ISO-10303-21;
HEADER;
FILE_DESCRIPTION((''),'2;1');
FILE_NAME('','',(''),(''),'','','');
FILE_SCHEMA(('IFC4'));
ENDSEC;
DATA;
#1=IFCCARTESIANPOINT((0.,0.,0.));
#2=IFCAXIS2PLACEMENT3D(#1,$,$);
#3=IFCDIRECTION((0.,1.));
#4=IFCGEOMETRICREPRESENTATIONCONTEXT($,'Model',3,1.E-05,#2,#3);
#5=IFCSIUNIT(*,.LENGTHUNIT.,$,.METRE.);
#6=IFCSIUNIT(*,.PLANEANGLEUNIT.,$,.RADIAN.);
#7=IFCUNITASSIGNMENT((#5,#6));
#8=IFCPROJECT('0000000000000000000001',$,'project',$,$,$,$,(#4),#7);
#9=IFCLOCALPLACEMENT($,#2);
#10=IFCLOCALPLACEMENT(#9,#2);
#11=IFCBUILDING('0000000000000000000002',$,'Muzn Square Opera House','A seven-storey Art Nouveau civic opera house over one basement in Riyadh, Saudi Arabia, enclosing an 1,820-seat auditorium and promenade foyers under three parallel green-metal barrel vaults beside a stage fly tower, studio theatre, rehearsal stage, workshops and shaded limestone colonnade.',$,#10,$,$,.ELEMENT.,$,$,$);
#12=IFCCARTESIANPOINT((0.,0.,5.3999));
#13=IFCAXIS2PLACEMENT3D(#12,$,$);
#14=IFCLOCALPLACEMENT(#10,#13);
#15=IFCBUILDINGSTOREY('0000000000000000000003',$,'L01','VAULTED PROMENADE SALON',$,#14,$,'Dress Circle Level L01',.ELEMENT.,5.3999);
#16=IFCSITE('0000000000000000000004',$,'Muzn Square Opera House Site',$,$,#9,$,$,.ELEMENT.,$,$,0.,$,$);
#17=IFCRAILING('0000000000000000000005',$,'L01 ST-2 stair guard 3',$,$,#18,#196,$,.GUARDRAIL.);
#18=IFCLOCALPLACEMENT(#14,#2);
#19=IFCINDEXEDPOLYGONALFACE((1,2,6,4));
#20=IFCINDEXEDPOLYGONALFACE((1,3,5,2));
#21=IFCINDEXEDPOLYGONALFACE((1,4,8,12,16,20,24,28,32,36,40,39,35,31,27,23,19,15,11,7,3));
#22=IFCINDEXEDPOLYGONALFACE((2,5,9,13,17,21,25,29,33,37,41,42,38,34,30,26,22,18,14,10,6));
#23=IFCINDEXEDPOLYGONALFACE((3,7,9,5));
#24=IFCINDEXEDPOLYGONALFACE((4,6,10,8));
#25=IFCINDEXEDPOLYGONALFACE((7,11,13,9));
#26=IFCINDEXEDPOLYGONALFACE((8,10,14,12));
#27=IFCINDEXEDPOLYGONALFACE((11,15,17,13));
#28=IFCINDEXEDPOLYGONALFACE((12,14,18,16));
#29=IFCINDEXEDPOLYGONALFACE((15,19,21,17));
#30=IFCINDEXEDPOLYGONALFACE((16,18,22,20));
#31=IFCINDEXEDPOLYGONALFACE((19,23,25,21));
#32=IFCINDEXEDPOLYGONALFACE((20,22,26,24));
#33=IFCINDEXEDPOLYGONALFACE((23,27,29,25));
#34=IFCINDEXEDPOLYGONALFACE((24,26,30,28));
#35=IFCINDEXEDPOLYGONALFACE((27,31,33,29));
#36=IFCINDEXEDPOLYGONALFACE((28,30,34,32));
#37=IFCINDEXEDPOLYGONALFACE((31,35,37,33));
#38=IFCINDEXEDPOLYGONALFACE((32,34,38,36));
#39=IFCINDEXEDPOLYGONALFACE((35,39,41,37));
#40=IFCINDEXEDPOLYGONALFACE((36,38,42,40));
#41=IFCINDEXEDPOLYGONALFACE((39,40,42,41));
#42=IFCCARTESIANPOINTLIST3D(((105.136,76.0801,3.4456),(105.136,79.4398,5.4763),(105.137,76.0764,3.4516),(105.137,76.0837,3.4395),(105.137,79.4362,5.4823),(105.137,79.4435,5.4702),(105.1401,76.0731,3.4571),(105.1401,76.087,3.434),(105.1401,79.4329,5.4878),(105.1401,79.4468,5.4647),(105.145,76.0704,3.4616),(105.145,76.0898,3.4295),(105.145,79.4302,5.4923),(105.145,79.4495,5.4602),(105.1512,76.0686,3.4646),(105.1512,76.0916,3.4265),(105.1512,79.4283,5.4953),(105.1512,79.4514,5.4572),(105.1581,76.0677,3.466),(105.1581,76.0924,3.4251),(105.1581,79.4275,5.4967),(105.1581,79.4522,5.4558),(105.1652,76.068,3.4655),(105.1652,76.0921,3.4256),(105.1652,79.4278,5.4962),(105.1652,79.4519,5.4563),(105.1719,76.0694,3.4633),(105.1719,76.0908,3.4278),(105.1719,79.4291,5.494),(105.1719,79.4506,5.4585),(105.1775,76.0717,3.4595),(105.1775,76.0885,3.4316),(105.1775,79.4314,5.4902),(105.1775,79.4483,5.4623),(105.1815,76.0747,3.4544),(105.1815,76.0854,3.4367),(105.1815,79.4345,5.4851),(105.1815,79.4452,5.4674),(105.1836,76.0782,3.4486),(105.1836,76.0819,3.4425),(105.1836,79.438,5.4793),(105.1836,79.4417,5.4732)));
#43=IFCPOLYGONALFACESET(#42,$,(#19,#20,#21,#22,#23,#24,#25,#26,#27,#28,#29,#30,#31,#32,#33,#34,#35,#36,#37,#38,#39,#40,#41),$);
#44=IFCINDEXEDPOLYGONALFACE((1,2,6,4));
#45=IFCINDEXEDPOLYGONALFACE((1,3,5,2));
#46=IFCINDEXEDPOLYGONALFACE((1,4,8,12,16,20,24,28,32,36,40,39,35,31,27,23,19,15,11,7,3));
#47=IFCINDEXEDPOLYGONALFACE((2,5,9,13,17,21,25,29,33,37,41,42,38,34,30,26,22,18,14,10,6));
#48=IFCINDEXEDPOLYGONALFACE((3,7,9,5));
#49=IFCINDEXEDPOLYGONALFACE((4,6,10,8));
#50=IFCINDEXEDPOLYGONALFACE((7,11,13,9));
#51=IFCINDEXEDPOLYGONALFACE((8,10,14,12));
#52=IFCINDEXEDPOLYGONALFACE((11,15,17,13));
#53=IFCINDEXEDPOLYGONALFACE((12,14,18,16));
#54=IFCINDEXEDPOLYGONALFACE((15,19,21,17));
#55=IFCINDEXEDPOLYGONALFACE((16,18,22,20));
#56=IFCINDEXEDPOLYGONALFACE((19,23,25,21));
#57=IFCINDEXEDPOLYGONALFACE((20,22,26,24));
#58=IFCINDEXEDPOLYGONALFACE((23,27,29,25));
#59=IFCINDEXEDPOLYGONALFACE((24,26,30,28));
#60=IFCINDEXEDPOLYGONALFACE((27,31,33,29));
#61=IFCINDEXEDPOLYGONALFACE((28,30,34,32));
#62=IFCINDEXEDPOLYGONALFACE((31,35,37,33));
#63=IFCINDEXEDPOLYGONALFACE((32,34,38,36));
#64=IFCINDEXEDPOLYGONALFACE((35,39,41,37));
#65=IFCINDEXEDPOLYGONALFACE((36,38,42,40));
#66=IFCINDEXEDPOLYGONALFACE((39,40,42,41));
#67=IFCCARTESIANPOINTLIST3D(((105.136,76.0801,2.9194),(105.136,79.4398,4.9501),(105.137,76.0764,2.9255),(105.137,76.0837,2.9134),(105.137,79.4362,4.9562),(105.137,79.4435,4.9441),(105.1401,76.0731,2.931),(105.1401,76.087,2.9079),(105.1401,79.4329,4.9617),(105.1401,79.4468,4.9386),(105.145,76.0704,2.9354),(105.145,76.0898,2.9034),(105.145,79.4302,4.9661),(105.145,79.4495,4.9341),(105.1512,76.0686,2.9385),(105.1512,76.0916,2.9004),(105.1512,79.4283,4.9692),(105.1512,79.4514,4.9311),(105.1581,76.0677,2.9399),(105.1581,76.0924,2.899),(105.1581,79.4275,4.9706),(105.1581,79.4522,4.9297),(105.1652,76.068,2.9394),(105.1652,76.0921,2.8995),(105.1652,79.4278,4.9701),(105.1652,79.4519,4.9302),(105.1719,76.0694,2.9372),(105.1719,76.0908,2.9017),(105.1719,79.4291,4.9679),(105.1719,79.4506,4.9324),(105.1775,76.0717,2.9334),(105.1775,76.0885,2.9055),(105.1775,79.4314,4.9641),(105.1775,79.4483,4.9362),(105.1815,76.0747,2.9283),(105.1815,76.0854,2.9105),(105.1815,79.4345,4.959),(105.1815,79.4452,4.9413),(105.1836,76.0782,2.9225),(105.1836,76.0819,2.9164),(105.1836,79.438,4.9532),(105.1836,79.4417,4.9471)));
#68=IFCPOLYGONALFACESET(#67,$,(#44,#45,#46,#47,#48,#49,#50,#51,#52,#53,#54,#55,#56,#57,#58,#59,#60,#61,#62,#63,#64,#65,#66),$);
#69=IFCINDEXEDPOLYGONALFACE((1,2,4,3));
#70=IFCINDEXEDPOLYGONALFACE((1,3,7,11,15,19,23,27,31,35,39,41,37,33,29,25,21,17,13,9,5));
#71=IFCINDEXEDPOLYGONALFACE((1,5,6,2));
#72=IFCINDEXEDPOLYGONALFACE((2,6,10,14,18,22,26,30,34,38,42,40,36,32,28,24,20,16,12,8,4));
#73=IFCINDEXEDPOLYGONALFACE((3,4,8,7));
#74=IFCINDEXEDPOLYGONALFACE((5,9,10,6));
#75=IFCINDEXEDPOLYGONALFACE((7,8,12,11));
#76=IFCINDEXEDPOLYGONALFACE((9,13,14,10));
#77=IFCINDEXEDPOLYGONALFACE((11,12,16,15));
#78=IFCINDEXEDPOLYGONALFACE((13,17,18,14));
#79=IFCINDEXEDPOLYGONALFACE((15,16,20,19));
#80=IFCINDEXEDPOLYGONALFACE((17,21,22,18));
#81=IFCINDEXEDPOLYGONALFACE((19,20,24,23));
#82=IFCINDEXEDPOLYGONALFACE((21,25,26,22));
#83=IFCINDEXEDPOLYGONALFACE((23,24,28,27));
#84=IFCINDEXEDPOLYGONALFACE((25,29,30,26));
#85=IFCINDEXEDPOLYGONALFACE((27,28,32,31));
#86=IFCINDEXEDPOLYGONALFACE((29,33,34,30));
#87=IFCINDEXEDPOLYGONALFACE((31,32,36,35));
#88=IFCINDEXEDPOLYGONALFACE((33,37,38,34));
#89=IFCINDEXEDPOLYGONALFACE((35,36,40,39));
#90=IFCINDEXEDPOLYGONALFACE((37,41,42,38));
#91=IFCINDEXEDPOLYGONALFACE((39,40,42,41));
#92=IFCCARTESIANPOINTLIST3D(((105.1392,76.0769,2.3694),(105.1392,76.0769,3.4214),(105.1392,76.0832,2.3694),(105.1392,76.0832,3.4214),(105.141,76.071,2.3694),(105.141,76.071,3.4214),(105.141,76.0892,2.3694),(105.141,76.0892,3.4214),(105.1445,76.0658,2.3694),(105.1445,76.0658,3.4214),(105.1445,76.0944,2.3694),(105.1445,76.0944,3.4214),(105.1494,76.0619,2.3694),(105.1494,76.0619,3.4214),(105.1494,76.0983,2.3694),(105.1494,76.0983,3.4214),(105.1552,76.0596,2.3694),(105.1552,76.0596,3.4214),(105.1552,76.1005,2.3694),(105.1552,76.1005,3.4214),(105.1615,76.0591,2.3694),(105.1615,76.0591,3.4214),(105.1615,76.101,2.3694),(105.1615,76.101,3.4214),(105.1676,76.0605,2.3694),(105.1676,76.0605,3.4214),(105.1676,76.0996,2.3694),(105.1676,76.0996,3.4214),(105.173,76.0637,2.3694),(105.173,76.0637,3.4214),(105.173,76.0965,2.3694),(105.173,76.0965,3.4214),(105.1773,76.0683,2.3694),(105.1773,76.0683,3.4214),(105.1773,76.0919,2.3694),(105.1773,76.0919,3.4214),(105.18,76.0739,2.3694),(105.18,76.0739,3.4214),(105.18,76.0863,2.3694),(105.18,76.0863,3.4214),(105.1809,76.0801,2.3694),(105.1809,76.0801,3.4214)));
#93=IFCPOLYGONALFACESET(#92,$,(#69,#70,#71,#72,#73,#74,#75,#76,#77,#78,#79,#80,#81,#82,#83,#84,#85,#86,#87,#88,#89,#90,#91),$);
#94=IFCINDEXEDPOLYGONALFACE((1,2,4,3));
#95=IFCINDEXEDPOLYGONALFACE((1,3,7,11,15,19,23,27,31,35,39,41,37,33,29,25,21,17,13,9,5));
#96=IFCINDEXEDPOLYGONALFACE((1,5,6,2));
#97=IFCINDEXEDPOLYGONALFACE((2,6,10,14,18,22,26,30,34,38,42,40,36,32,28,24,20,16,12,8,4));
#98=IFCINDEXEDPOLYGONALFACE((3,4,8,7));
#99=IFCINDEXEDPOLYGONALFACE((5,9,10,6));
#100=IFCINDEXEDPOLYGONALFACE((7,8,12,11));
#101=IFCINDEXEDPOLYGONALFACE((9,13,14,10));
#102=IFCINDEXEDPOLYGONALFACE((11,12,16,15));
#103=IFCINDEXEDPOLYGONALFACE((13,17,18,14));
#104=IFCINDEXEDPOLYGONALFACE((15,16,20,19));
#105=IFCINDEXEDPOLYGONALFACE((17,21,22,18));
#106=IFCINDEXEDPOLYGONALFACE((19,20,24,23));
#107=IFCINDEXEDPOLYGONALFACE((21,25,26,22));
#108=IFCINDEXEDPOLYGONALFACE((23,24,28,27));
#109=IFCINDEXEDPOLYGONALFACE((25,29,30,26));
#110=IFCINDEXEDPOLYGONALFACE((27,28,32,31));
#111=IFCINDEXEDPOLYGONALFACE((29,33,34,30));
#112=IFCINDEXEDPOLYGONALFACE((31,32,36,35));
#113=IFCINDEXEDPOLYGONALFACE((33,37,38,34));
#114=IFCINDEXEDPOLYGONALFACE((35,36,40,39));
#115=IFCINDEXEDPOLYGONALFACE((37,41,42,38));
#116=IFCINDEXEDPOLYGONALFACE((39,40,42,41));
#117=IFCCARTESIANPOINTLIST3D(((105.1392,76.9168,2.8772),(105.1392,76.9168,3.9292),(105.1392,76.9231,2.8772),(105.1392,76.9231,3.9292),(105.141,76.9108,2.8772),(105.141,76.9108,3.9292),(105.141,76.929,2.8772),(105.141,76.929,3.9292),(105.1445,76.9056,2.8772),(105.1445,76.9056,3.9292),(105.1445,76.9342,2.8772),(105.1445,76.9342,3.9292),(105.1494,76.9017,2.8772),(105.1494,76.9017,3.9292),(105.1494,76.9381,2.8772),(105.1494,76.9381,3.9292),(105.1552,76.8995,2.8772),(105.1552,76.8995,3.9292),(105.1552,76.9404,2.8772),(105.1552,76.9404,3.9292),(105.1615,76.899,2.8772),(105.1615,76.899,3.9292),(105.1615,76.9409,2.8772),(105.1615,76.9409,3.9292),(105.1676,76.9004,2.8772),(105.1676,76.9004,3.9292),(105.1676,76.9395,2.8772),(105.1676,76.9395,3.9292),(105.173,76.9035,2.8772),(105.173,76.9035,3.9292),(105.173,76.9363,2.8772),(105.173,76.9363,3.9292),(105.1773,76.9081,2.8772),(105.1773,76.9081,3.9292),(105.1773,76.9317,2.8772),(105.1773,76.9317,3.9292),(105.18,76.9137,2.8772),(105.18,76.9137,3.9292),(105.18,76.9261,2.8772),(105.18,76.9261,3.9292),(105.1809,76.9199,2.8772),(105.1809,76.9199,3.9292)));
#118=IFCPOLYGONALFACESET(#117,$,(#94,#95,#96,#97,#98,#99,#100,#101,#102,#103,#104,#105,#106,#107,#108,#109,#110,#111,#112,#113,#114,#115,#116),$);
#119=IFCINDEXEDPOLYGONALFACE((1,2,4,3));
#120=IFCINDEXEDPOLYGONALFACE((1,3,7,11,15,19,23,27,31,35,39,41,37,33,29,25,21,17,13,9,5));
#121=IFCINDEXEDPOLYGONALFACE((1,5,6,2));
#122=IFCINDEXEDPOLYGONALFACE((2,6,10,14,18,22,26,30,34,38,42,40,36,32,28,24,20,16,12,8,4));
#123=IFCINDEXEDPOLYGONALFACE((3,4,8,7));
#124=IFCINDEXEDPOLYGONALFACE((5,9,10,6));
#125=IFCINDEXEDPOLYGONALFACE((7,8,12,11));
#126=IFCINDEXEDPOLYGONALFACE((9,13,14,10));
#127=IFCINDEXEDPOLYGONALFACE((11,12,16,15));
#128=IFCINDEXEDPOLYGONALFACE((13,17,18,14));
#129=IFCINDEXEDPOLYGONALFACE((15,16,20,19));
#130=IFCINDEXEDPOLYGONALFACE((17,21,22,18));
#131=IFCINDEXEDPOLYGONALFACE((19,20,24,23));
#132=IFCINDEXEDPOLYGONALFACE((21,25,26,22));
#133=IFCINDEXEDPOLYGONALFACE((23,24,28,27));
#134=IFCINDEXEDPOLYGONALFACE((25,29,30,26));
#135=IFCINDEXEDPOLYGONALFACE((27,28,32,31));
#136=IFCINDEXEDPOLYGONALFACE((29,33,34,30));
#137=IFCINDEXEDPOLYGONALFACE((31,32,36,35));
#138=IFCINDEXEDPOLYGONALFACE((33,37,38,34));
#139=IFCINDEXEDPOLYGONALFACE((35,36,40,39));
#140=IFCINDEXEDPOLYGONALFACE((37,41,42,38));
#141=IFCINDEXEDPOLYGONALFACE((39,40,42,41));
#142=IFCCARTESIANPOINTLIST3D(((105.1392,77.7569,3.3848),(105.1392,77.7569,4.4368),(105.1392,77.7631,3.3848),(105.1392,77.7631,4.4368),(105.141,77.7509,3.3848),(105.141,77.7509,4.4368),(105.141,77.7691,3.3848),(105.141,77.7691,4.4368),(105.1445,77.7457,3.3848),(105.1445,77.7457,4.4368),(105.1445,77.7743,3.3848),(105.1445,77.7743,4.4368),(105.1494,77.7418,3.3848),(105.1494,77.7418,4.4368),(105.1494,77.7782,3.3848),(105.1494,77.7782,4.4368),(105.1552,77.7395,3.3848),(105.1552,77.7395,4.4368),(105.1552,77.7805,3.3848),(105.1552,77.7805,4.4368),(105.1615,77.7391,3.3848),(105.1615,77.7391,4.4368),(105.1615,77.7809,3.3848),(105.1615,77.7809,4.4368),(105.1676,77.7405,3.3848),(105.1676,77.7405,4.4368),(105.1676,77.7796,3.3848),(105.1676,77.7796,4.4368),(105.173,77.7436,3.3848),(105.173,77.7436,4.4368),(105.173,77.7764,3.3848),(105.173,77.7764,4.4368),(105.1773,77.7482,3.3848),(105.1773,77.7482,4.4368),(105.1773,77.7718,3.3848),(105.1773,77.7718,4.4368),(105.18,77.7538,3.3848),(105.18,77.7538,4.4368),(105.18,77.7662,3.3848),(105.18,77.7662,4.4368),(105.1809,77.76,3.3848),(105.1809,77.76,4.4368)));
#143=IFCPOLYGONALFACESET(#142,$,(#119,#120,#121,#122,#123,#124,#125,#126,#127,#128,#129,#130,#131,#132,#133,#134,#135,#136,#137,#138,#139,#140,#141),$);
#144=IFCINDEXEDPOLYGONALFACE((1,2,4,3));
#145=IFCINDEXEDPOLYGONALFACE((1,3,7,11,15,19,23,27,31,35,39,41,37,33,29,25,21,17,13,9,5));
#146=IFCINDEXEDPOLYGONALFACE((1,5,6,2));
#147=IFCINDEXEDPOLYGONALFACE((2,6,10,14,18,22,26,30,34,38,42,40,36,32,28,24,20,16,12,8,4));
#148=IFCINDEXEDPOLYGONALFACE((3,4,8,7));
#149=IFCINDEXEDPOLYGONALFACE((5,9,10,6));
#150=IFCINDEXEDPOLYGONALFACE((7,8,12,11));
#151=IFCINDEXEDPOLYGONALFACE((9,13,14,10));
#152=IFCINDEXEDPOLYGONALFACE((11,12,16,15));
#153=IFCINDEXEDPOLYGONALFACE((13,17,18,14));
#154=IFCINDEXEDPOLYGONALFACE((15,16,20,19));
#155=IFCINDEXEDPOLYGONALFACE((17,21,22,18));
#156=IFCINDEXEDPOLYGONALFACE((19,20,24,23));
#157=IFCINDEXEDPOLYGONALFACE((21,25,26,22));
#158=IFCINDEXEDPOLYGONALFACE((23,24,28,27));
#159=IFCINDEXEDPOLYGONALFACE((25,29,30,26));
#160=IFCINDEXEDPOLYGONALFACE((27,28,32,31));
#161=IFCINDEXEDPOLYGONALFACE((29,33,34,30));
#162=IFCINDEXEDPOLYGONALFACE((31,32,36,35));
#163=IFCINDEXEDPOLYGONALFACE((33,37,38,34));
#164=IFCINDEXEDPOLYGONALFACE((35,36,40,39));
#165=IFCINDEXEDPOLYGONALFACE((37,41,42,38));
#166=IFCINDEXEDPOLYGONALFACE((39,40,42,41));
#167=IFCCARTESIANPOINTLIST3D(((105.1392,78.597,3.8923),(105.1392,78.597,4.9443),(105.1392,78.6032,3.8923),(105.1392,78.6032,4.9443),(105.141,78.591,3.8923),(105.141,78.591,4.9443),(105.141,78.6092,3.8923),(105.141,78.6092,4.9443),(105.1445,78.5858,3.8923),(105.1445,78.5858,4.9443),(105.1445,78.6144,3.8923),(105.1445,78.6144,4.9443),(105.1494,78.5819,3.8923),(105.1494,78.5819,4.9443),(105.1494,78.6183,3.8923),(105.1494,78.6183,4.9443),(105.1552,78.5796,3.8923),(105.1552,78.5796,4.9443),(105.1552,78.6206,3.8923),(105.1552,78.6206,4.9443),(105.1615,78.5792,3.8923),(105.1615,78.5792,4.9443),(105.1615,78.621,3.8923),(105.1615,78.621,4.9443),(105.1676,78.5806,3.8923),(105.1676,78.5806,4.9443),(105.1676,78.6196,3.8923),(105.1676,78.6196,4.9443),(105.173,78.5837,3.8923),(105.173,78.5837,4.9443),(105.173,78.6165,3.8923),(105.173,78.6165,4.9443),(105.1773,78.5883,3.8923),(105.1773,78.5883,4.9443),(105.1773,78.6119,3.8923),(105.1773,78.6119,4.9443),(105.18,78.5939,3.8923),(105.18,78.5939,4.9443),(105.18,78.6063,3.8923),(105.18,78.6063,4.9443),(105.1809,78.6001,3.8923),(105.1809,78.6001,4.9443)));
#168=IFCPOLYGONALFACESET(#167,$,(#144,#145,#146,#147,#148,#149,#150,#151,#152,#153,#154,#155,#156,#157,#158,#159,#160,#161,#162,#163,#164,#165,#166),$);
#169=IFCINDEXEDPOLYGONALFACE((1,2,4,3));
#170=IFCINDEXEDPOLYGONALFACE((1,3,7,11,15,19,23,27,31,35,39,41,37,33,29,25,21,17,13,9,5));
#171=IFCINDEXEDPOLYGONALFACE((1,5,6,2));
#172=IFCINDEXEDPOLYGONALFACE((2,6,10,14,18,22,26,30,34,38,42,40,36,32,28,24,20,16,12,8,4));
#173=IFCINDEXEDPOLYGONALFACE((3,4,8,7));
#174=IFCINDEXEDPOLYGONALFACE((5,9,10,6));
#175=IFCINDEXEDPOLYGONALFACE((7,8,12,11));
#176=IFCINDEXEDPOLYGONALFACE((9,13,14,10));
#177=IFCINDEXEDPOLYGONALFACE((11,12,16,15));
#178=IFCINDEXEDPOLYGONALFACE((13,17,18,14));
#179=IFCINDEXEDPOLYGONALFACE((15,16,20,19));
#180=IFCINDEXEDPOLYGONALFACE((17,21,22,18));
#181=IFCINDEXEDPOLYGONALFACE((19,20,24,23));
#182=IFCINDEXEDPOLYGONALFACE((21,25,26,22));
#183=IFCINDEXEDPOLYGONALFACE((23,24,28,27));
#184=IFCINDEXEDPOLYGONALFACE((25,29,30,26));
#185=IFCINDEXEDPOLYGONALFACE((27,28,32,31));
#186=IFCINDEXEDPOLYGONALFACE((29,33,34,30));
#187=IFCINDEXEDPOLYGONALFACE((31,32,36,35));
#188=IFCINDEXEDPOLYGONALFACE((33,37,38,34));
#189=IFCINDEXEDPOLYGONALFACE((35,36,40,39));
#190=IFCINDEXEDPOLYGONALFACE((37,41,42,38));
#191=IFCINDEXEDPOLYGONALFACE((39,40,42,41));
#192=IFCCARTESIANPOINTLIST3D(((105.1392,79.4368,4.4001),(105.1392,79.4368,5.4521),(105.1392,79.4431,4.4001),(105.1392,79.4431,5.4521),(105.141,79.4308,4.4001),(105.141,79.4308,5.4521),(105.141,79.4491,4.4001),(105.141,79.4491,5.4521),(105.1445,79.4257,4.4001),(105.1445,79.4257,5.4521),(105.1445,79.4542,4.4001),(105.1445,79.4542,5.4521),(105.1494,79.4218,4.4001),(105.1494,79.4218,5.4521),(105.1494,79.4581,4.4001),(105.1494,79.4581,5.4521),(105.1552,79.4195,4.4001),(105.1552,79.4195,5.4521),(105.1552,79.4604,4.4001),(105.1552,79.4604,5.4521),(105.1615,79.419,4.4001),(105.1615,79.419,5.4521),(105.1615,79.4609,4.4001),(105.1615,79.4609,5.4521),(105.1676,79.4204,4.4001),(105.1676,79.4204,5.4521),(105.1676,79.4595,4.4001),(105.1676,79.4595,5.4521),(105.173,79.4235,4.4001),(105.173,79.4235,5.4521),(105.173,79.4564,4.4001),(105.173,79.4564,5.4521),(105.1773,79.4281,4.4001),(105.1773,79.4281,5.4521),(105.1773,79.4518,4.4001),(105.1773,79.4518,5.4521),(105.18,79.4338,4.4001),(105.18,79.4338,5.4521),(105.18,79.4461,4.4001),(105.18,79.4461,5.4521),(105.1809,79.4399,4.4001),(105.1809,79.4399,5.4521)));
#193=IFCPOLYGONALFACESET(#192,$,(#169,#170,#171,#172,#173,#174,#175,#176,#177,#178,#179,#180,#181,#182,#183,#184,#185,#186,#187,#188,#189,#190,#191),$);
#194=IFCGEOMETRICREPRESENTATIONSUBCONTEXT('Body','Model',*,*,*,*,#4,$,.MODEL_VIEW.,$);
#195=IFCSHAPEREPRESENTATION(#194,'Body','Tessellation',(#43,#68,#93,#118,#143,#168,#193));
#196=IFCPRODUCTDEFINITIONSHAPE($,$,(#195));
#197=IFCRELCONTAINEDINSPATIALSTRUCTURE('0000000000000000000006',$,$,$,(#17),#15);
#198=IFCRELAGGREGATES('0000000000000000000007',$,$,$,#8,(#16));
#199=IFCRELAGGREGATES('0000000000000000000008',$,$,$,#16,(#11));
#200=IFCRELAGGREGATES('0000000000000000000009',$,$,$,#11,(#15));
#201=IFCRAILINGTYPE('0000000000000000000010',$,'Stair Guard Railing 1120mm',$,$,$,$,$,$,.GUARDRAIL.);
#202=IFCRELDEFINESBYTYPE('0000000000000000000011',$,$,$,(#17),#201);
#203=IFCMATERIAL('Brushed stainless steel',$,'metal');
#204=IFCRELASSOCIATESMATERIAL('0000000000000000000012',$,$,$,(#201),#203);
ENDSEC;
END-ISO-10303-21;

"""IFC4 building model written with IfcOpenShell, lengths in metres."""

from ifc_helpers import new_model, si_unit, direction, frame, origin, origin_2d, place, context, subcontext, project, spatial, circle, extrude, material, type_object, element, save


model = new_model("IFC4")

# Units and contexts
model_context = context("Model", 3, precision=1e-05, world=origin(), true_north=direction((0.0, 1.0)))
body_context = subcontext(model_context, "Body", "Model", "MODEL_VIEW")
ifc_project = project(units=[si_unit("LENGTHUNIT", "METRE"), si_unit("PLANEANGLEUNIT", "RADIAN")], contexts=[model_context])

# Site, building, storey
site_placement = place(None, origin())
site = spatial("IfcSite", under=ifc_project, at=site_placement, Name="Muzn Square Opera House Site", CompositionType="ELEMENT", RefElevation=0.0)
building_placement = place(site_placement, origin())
building = spatial("IfcBuilding", under=site, at=building_placement, Name="Muzn Square Opera House", Description="A seven-storey Art Nouveau civic opera house over one basement in Riyadh, Saudi Arabia, enclosing an 1,820-seat auditorium and promenade foyers under three parallel green-metal barrel vaults beside a stage fly tower, studio theatre, rehearsal stage, workshops and shaded limestone colonnade.", CompositionType="ELEMENT")
storey_placement = place(building_placement, frame((0.0, 0.0, 5.3999)))
storey = spatial("IfcBuildingStorey", under=building, at=storey_placement, Name="L01", Description="VAULTED PROMENADE SALON", LongName="Dress Circle Level L01", CompositionType="ELEMENT", Elevation=5.3999)

# Shared definitions
ifc_material_1 = material(Name="Brushed stainless steel", Category="metal")

# Railing
railing_type_1 = type_object("IfcRailingType", Name="Stair Guard Railing 1120mm", PredefinedType="GUARDRAIL", material=ifc_material_1)
railing_1_placement = place(storey_placement, frame((105.1599, 76.0801, 2.3694)))
element("IfcRailing", 1, at=railing_1_placement, inside=storey, type_object=railing_type_1, Name="L01 ST-2 stair guard 3", PredefinedType="GUARDRAIL", context=body_context, shape_type="SweptSolid", body=[
    extrude(circle(Radius=0.0239, at=origin_2d()), frame((0.0, 0.0, 1.0762), z_axis=(0.0, 0.85582, 0.517273), x_axis=(-1.0, 0.0, 0.0)), (0.0, 0.0, 1.0), 3.9258),
    extrude(circle(Radius=0.0239, at=origin_2d()), frame((0.0, 0.0, 0.55), z_axis=(0.0, 0.85582, 0.517273), x_axis=(-1.0, 0.0, 0.0)), (0.0, 0.0, 1.0), 3.9258),
    extrude(circle(Radius=0.021, at=origin_2d()), origin(), (0.0, 0.0, 1.0), 1.052),
    extrude(circle(Radius=0.021, at=origin_2d()), frame((0.0, 0.8398, 0.5078)), (0.0, 0.0, 1.0), 1.052),
    extrude(circle(Radius=0.021, at=origin_2d()), frame((0.0, 1.6799, 1.0154)), (0.0, 0.0, 1.0), 1.052),
    extrude(circle(Radius=0.021, at=origin_2d()), frame((0.0, 2.52, 1.5229)), (0.0, 0.0, 1.0), 1.052),
    extrude(circle(Radius=0.021, at=origin_2d()), frame((0.0, 3.3599, 2.0308)), (0.0, 0.0, 1.0), 1.052),
])

save(model, "model.ifc")
